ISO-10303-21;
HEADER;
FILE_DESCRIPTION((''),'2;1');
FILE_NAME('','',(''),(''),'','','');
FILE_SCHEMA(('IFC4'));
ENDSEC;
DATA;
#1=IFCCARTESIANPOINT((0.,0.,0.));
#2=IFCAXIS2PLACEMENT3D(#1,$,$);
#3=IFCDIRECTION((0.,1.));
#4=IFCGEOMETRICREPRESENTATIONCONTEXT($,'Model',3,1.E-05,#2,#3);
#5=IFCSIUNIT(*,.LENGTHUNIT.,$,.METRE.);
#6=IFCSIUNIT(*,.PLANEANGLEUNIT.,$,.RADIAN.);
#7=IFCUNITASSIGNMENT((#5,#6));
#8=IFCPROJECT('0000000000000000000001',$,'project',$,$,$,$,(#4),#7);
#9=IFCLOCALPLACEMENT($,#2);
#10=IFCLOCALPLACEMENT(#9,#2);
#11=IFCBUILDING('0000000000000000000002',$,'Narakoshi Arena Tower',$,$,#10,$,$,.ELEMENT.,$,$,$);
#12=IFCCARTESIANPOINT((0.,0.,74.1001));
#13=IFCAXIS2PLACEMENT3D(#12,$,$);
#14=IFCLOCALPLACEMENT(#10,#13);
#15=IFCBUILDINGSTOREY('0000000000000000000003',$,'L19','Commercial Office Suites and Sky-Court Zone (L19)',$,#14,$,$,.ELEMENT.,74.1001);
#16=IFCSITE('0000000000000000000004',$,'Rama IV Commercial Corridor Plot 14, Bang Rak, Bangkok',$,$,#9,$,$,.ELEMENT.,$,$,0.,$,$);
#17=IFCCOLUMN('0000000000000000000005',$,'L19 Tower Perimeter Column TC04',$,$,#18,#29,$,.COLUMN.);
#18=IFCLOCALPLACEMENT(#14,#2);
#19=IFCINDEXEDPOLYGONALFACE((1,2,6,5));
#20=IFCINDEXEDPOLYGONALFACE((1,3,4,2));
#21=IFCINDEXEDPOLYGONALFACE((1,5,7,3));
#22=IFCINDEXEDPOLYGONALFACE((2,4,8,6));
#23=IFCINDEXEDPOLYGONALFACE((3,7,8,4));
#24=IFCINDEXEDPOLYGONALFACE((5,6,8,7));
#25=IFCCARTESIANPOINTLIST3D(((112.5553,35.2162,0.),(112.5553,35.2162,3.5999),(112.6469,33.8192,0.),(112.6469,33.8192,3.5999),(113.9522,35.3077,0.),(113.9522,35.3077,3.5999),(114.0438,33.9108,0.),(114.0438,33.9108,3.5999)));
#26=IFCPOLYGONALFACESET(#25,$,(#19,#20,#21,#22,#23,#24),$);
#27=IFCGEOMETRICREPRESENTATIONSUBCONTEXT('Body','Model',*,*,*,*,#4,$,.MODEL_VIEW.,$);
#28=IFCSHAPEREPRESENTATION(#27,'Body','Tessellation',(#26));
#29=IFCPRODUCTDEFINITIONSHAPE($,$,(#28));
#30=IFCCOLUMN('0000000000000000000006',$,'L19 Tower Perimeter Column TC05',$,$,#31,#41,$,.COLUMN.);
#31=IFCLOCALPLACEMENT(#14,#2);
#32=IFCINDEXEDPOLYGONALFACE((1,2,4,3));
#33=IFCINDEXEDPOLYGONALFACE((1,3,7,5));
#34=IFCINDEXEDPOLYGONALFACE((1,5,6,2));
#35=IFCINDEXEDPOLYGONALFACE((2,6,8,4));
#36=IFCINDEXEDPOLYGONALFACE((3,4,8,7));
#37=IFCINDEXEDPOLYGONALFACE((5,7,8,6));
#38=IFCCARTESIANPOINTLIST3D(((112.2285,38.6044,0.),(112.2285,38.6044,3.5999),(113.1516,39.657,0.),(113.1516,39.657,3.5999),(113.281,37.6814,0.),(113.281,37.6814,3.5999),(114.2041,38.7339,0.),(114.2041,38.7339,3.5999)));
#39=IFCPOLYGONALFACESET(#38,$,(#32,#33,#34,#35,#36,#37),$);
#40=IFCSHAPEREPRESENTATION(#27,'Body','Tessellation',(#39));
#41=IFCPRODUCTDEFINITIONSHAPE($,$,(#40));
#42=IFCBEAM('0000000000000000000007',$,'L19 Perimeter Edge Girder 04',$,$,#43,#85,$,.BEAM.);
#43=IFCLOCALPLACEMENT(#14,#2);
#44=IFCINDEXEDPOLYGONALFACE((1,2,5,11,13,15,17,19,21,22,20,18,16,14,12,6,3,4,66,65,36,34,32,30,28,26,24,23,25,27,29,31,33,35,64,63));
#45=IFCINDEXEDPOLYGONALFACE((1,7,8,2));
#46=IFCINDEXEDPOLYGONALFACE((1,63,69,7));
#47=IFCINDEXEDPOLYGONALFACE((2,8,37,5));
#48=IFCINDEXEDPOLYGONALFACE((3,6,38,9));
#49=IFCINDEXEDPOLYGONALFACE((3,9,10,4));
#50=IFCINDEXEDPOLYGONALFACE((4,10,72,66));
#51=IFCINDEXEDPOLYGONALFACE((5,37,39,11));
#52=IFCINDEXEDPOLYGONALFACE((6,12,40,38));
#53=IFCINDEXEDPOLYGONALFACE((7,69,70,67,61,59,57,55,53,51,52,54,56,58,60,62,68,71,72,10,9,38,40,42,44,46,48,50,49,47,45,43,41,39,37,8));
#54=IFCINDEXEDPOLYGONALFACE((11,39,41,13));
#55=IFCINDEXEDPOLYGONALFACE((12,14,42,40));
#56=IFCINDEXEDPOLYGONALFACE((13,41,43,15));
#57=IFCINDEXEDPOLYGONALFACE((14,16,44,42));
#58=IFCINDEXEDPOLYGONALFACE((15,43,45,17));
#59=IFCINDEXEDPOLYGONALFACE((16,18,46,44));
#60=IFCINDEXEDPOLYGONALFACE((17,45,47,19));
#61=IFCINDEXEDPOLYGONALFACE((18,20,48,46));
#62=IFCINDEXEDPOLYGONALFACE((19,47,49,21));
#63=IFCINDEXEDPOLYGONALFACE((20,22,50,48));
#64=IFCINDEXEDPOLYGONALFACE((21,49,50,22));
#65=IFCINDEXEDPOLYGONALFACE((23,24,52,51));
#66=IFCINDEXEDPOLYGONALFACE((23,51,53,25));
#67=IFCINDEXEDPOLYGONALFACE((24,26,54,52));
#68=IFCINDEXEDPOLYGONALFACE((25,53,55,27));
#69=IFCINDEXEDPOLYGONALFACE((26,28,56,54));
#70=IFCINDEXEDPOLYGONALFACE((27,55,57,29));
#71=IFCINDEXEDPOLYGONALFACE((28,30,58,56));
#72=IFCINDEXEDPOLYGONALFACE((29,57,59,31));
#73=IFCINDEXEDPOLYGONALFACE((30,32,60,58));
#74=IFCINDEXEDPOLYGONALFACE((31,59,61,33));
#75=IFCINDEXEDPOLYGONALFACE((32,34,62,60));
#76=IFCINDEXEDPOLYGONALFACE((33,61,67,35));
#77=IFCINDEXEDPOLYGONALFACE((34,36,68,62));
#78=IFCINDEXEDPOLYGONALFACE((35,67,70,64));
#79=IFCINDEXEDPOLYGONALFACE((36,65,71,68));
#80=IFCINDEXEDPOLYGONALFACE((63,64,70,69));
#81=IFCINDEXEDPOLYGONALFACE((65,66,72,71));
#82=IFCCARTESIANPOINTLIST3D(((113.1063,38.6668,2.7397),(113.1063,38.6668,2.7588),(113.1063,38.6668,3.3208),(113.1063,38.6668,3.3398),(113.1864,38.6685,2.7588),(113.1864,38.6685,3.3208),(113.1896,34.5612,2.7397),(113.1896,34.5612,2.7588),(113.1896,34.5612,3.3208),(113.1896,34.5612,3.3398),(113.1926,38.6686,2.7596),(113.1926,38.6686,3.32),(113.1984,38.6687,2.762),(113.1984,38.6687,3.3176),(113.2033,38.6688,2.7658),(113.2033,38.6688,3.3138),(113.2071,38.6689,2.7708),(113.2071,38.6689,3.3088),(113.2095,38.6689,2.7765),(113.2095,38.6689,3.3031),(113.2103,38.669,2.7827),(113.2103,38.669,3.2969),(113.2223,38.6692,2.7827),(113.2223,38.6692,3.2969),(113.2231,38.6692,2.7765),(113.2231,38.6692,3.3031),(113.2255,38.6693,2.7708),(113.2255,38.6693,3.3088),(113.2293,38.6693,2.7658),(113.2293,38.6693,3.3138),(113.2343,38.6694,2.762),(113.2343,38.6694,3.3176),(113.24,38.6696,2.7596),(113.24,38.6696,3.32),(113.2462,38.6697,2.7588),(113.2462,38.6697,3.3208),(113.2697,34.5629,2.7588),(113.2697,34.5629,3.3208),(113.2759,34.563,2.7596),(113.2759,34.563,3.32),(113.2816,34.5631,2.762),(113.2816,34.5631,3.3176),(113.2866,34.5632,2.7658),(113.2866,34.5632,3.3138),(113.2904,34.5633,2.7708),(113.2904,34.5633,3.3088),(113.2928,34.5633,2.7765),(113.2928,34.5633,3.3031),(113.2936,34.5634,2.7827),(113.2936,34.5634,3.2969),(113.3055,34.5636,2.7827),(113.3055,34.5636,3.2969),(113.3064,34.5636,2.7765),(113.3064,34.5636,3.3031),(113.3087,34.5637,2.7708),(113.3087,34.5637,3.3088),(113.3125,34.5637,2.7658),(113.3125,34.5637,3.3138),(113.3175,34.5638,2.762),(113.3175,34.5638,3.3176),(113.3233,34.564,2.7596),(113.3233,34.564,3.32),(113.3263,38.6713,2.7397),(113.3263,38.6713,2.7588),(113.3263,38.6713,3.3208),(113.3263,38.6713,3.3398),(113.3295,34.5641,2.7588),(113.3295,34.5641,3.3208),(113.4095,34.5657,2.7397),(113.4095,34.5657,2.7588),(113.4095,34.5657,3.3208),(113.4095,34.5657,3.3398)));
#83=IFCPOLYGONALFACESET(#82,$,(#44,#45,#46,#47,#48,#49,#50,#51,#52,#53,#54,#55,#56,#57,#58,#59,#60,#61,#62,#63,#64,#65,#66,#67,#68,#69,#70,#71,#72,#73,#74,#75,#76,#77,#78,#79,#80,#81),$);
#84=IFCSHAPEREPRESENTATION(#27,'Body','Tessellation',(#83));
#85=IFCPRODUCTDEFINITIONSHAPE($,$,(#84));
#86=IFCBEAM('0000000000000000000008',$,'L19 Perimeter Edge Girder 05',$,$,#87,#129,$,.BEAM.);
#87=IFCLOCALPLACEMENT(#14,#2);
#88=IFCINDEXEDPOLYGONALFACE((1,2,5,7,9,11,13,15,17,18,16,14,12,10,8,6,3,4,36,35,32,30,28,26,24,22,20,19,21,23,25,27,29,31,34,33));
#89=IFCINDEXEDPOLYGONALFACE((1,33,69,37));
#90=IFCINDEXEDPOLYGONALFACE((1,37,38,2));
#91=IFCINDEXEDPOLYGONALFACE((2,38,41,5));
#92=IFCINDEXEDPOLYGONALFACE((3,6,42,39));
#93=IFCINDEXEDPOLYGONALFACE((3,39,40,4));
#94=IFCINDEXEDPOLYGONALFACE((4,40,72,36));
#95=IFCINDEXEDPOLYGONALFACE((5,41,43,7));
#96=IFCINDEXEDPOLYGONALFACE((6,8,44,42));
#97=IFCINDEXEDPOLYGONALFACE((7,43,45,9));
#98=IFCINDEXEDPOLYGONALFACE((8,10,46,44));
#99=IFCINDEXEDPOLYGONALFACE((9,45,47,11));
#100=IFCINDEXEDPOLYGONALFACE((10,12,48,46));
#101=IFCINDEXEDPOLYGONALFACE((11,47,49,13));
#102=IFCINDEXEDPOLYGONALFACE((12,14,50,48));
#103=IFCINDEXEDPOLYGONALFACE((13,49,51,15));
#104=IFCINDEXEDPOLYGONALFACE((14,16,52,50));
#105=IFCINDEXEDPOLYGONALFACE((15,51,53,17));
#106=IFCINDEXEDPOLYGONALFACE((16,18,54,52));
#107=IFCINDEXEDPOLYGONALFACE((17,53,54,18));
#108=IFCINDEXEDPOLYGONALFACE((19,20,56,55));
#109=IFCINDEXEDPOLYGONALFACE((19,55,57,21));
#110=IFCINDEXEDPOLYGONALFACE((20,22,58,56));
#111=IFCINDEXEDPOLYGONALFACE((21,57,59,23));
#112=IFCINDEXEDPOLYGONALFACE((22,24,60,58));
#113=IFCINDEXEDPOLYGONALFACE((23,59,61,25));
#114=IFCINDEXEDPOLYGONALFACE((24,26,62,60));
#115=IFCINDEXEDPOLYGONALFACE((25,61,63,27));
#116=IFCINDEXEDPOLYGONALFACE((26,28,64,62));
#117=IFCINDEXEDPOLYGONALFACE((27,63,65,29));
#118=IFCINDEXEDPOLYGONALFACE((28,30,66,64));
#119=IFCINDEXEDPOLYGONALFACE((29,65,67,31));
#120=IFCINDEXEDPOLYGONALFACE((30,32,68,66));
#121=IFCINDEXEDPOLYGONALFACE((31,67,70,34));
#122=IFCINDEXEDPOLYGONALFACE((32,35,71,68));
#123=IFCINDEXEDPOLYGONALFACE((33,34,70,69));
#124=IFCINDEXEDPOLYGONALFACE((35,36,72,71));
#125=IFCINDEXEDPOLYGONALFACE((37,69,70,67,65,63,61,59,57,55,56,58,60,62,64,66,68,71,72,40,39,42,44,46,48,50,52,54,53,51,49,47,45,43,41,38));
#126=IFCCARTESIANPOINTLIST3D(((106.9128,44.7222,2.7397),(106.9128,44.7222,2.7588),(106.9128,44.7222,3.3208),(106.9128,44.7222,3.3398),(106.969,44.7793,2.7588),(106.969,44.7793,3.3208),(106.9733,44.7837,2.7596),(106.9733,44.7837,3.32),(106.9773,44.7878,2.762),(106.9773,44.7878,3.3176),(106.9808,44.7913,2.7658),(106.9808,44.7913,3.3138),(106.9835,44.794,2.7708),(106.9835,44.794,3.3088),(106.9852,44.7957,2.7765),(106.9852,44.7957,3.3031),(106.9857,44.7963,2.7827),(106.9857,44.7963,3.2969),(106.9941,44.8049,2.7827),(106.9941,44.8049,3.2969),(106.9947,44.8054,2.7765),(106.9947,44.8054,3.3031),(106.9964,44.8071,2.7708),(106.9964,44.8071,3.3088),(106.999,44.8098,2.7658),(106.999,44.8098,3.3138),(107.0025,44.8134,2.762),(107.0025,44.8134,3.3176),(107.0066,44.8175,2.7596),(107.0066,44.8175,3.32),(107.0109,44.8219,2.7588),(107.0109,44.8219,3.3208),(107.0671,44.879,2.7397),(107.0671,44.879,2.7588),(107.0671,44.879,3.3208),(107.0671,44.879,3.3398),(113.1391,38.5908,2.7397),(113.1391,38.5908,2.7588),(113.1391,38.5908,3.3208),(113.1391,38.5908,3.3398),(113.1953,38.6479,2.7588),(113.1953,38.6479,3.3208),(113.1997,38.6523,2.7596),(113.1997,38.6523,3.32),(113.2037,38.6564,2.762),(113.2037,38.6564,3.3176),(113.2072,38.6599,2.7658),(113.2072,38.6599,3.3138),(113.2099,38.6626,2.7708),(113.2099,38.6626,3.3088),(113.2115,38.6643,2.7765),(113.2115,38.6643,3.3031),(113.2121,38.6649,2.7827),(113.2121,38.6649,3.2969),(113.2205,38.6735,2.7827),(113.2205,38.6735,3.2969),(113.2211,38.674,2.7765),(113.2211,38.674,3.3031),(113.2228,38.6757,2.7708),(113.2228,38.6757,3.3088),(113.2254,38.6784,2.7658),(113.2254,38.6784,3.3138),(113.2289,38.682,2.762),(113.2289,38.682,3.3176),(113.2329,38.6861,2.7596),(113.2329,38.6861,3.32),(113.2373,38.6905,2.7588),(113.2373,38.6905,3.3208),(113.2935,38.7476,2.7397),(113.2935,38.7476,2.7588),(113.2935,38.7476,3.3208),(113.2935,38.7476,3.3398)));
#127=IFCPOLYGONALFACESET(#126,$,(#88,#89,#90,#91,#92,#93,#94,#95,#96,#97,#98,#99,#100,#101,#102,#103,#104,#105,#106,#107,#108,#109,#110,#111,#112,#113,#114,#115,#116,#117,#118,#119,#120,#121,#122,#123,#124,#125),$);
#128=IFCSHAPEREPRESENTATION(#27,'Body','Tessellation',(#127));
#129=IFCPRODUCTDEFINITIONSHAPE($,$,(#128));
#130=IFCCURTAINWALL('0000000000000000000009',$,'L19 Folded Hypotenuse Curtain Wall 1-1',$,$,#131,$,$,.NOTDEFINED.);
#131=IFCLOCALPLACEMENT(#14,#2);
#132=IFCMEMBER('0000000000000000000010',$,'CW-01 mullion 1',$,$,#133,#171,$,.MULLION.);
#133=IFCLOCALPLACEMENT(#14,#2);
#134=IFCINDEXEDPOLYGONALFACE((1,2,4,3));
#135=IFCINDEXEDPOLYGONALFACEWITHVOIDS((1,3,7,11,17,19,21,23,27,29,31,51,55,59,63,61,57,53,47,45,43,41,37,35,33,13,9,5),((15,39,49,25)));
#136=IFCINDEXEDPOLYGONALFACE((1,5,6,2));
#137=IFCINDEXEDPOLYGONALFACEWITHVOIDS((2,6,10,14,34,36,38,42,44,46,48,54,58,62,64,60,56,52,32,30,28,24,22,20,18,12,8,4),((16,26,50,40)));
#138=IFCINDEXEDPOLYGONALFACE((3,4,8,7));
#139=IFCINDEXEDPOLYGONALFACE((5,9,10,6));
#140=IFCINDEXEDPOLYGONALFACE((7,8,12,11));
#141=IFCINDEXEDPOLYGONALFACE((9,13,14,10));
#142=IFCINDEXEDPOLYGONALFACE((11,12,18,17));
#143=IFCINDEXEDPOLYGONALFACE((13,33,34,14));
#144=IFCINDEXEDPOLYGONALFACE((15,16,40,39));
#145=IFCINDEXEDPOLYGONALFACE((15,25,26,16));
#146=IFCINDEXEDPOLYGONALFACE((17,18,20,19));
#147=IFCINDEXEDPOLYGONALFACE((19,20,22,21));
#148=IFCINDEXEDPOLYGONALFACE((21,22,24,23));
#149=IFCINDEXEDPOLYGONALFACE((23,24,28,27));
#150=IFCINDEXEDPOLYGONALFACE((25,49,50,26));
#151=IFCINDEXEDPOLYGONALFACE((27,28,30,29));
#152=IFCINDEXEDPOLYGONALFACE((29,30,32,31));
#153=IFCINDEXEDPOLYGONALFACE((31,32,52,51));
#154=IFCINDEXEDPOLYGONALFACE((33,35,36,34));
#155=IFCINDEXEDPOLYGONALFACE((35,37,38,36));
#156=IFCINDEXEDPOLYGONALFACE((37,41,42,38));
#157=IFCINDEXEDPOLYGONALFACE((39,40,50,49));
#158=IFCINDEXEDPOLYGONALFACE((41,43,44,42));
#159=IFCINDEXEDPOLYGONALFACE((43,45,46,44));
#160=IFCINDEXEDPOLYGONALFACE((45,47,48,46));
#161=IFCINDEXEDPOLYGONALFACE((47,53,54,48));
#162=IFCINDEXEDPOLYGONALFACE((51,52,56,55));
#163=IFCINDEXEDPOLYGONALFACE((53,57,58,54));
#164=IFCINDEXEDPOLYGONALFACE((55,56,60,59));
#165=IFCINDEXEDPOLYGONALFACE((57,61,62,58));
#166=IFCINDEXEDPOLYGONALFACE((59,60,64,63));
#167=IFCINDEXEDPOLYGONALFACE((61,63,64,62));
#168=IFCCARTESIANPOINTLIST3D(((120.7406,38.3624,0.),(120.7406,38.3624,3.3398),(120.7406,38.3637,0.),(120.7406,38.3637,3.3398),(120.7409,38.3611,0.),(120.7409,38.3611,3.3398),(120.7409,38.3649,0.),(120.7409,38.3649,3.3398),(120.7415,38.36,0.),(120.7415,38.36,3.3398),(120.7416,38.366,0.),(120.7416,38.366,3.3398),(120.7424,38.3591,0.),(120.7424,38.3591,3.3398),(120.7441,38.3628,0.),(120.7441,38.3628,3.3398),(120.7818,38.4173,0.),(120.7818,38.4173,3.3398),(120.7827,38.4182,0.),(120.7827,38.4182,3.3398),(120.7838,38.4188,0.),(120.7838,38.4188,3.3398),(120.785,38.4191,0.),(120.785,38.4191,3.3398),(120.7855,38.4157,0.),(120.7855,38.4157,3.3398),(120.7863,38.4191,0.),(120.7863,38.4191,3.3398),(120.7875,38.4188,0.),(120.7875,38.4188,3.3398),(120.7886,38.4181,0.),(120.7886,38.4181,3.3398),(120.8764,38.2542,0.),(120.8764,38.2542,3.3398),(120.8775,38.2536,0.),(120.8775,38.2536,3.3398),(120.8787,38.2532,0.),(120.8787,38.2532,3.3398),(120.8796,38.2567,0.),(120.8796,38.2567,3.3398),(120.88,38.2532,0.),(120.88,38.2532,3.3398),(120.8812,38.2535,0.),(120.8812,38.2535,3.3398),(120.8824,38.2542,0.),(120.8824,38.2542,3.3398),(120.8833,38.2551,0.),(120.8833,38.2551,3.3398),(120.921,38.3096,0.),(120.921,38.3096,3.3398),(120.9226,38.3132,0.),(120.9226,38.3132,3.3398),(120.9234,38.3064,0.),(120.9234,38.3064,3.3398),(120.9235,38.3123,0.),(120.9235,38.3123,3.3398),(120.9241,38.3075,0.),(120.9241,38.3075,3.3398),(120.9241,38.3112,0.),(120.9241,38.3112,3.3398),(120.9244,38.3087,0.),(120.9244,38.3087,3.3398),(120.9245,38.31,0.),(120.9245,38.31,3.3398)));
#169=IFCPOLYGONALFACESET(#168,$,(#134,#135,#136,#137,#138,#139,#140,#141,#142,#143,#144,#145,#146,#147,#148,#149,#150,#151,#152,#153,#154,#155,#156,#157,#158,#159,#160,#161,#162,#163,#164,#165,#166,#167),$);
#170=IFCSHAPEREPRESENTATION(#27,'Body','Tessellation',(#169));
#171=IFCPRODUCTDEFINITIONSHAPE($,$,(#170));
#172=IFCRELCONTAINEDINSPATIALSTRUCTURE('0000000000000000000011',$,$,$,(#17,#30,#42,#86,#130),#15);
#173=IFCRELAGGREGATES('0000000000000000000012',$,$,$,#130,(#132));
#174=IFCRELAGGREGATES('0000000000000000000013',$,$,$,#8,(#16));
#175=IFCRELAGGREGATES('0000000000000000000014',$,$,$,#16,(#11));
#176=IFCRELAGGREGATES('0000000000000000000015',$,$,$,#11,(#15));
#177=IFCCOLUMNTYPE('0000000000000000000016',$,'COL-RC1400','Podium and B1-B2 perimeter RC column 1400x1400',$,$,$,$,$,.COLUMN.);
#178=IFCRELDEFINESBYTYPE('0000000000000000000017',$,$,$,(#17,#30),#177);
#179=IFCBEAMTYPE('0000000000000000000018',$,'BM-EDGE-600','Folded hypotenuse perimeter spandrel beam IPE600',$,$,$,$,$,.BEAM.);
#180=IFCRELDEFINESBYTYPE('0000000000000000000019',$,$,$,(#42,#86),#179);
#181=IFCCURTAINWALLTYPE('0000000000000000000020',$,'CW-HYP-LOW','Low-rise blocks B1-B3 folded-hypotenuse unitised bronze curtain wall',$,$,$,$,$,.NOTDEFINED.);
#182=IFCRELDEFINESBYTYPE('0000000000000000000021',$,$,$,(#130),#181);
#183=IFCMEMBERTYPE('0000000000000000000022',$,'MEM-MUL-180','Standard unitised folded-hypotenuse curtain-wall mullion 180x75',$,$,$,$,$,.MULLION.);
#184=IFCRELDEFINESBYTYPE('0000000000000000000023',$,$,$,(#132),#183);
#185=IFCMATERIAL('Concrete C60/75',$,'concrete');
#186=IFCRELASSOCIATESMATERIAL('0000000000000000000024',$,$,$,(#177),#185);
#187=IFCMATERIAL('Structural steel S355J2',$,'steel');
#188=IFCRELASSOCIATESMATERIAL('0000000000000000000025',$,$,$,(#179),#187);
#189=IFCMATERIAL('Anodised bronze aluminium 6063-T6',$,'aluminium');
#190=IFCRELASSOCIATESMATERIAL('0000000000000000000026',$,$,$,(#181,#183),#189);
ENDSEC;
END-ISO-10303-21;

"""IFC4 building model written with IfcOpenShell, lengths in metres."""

from ifc_helpers import new_model, si_unit, direction, frame, origin, origin_2d, place, context, subcontext, project, spatial, rectangle, hollow_rectangle, i_section, extrude, material, material_profile, profile_set, type_object, element, aggregate, save


model = new_model("IFC4")

# Units and contexts
model_context = context("Model", 3, precision=1e-05, world=origin(), true_north=direction((0.0, 1.0)))
body_context = subcontext(model_context, "Body", "Model", "MODEL_VIEW")
ifc_project = project(units=[si_unit("LENGTHUNIT", "METRE"), si_unit("PLANEANGLEUNIT", "RADIAN")], contexts=[model_context])

# Site, building, storey
site_placement = place(None, origin())
site = spatial("IfcSite", under=ifc_project, at=site_placement, Name="Rama IV Commercial Corridor Plot 14, Bang Rak, Bangkok", CompositionType="ELEMENT", RefElevation=0.0)
building_placement = place(site_placement, origin())
building = spatial("IfcBuilding", under=site, at=building_placement, Name="Narakoshi Arena Tower", CompositionType="ELEMENT")
storey_placement = place(building_placement, frame((0.0, 0.0, 74.1001)))
storey = spatial("IfcBuildingStorey", under=building, at=storey_placement, Name="L19", Description="Commercial Office Suites and Sky-Court Zone (L19)", CompositionType="ELEMENT", Elevation=74.1001)

# Columns
ifc_material_1 = material(Name="Concrete C60/75", Category="concrete")
ifc_material_profile_1 = material_profile(ifc_material_1, rectangle(XDim=1.3999, YDim=1.3999, at=origin_2d()), Name="RC1400x1400")
ifc_profile_set_1 = profile_set([ifc_material_profile_1], Name="Concrete C60/75")
column_type = type_object("IfcColumnType", Name="COL-RC1400", Description="Podium and B1-B2 perimeter RC column 1400x1400", PredefinedType="COLUMN", material=ifc_profile_set_1)
for number, where, z_axis, x_axis, name in (
    (1, (113.2996, 34.5635, 0.0), (0.0, 0.0, 1.0), (0.997859, 0.065403, 0.0), "L19 Tower Perimeter Column TC04"),
    (2, (113.2163, 38.6692, 0.0), (0.0, 0.0, 1.0), (0.659346, 0.75184, 0.0), "L19 Tower Perimeter Column TC05"),
):
    element("IfcColumn", number, at=place(storey_placement, frame(where, z_axis=z_axis, x_axis=x_axis)), inside=storey, type_object=column_type, Name=name, PredefinedType="COLUMN", context=body_context, shape_type="SweptSolid", body=[
        extrude(rectangle(XDim=1.3999, YDim=1.3999, at=origin_2d()), origin(), (0.0, 0.0, 1.0), 3.5999),
    ])

# Beams
ifc_material_2 = material(Name="Structural steel S355J2", Category="steel")
ifc_material_profile_2 = material_profile(ifc_material_2, i_section(OverallWidth=0.22, OverallDepth=0.6001, WebThickness=0.012, FlangeThickness=0.019, FilletRadius=0.0239, at=origin_2d()), Name="IPE600")
ifc_profile_set_2 = profile_set([ifc_material_profile_2], Name="Structural steel S355J2")
beam_type = type_object("IfcBeamType", Name="BM-EDGE-600", Description="Folded hypotenuse perimeter spandrel beam IPE600", PredefinedType="BEAM", material=ifc_profile_set_2)
beam_1_placement = place(storey_placement, frame((113.2996, 34.5635, 3.0398), z_axis=(-0.020273, 0.999794, 0.0), x_axis=(-0.999794, -0.020273, 0.0)))
element("IfcBeam", 3, at=beam_1_placement, inside=storey, type_object=beam_type, Name="L19 Perimeter Edge Girder 04", PredefinedType="BEAM", context=body_context, shape_type="SweptSolid", body=[
    extrude(i_section(OverallWidth=0.22, OverallDepth=0.6001, WebThickness=0.012, FlangeThickness=0.019, FilletRadius=0.0239, at=origin_2d()), origin(), (0.0, 0.0, 1.0), 4.1064),
])
beam_2_placement = place(storey_placement, frame((113.2163, 38.6692, 3.0398), z_axis=(-0.71252, 0.701652, 0.0), x_axis=(-0.701652, -0.71252, 0.0)))
element("IfcBeam", 4, at=beam_2_placement, inside=storey, type_object=beam_type, Name="L19 Perimeter Edge Girder 05", PredefinedType="BEAM", context=body_context, shape_type="SweptSolid", body=[
    extrude(i_section(OverallWidth=0.22, OverallDepth=0.6001, WebThickness=0.012, FlangeThickness=0.019, FilletRadius=0.0239, at=origin_2d()), origin(), (0.0, 0.0, 1.0), 8.7385),
])

# Curtain wall, member
ifc_material_3 = material(Name="Anodised bronze aluminium 6063-T6", Category="aluminium")
curtain_wall_type = type_object("IfcCurtainWallType", Name="CW-HYP-LOW", Description="Low-rise blocks B1-B3 folded-hypotenuse unitised bronze curtain wall", PredefinedType="NOTDEFINED", material=ifc_material_3)
curtain_wall_placement = place(storey_placement, origin())
curtain_wall = element("IfcCurtainWall", 5, at=curtain_wall_placement, inside=storey, type_object=curtain_wall_type, Name="L19 Folded Hypotenuse Curtain Wall 1-1", PredefinedType="NOTDEFINED")
ifc_material_profile_3 = material_profile(ifc_material_3, hollow_rectangle(XDim=0.075, YDim=0.1799, WallThickness=0.0039, OuterFilletRadius=0.0049, at=origin_2d()), Name="MUL180x75x4")
ifc_profile_set_3 = profile_set([ifc_material_profile_3], Name="Anodised bronze aluminium 6063-T6")
member_type_1 = type_object("IfcMemberType", Name="MEM-MUL-180", Description="Standard unitised folded-hypotenuse curtain-wall mullion 180x75", PredefinedType="MULLION", material=ifc_profile_set_3)
member_1_placement = place(storey_placement, frame((120.8325, 38.3362, 0.0), z_axis=(0.0, 0.0, 1.0), x_axis=(-0.616458, -0.787388, 0.0)))
member_1 = element("IfcMember", 6, at=member_1_placement, type_object=member_type_1, Name="CW-01 mullion 1", PredefinedType="MULLION", context=body_context, shape_type="SweptSolid", body=[
    extrude(hollow_rectangle(XDim=0.075, YDim=0.1799, WallThickness=0.0039, OuterFilletRadius=0.0049, at=origin_2d()), origin(), (0.0, 0.0, 1.0), 3.3398),
])
aggregate(curtain_wall, [member_1])

save(model, "model.ifc")
